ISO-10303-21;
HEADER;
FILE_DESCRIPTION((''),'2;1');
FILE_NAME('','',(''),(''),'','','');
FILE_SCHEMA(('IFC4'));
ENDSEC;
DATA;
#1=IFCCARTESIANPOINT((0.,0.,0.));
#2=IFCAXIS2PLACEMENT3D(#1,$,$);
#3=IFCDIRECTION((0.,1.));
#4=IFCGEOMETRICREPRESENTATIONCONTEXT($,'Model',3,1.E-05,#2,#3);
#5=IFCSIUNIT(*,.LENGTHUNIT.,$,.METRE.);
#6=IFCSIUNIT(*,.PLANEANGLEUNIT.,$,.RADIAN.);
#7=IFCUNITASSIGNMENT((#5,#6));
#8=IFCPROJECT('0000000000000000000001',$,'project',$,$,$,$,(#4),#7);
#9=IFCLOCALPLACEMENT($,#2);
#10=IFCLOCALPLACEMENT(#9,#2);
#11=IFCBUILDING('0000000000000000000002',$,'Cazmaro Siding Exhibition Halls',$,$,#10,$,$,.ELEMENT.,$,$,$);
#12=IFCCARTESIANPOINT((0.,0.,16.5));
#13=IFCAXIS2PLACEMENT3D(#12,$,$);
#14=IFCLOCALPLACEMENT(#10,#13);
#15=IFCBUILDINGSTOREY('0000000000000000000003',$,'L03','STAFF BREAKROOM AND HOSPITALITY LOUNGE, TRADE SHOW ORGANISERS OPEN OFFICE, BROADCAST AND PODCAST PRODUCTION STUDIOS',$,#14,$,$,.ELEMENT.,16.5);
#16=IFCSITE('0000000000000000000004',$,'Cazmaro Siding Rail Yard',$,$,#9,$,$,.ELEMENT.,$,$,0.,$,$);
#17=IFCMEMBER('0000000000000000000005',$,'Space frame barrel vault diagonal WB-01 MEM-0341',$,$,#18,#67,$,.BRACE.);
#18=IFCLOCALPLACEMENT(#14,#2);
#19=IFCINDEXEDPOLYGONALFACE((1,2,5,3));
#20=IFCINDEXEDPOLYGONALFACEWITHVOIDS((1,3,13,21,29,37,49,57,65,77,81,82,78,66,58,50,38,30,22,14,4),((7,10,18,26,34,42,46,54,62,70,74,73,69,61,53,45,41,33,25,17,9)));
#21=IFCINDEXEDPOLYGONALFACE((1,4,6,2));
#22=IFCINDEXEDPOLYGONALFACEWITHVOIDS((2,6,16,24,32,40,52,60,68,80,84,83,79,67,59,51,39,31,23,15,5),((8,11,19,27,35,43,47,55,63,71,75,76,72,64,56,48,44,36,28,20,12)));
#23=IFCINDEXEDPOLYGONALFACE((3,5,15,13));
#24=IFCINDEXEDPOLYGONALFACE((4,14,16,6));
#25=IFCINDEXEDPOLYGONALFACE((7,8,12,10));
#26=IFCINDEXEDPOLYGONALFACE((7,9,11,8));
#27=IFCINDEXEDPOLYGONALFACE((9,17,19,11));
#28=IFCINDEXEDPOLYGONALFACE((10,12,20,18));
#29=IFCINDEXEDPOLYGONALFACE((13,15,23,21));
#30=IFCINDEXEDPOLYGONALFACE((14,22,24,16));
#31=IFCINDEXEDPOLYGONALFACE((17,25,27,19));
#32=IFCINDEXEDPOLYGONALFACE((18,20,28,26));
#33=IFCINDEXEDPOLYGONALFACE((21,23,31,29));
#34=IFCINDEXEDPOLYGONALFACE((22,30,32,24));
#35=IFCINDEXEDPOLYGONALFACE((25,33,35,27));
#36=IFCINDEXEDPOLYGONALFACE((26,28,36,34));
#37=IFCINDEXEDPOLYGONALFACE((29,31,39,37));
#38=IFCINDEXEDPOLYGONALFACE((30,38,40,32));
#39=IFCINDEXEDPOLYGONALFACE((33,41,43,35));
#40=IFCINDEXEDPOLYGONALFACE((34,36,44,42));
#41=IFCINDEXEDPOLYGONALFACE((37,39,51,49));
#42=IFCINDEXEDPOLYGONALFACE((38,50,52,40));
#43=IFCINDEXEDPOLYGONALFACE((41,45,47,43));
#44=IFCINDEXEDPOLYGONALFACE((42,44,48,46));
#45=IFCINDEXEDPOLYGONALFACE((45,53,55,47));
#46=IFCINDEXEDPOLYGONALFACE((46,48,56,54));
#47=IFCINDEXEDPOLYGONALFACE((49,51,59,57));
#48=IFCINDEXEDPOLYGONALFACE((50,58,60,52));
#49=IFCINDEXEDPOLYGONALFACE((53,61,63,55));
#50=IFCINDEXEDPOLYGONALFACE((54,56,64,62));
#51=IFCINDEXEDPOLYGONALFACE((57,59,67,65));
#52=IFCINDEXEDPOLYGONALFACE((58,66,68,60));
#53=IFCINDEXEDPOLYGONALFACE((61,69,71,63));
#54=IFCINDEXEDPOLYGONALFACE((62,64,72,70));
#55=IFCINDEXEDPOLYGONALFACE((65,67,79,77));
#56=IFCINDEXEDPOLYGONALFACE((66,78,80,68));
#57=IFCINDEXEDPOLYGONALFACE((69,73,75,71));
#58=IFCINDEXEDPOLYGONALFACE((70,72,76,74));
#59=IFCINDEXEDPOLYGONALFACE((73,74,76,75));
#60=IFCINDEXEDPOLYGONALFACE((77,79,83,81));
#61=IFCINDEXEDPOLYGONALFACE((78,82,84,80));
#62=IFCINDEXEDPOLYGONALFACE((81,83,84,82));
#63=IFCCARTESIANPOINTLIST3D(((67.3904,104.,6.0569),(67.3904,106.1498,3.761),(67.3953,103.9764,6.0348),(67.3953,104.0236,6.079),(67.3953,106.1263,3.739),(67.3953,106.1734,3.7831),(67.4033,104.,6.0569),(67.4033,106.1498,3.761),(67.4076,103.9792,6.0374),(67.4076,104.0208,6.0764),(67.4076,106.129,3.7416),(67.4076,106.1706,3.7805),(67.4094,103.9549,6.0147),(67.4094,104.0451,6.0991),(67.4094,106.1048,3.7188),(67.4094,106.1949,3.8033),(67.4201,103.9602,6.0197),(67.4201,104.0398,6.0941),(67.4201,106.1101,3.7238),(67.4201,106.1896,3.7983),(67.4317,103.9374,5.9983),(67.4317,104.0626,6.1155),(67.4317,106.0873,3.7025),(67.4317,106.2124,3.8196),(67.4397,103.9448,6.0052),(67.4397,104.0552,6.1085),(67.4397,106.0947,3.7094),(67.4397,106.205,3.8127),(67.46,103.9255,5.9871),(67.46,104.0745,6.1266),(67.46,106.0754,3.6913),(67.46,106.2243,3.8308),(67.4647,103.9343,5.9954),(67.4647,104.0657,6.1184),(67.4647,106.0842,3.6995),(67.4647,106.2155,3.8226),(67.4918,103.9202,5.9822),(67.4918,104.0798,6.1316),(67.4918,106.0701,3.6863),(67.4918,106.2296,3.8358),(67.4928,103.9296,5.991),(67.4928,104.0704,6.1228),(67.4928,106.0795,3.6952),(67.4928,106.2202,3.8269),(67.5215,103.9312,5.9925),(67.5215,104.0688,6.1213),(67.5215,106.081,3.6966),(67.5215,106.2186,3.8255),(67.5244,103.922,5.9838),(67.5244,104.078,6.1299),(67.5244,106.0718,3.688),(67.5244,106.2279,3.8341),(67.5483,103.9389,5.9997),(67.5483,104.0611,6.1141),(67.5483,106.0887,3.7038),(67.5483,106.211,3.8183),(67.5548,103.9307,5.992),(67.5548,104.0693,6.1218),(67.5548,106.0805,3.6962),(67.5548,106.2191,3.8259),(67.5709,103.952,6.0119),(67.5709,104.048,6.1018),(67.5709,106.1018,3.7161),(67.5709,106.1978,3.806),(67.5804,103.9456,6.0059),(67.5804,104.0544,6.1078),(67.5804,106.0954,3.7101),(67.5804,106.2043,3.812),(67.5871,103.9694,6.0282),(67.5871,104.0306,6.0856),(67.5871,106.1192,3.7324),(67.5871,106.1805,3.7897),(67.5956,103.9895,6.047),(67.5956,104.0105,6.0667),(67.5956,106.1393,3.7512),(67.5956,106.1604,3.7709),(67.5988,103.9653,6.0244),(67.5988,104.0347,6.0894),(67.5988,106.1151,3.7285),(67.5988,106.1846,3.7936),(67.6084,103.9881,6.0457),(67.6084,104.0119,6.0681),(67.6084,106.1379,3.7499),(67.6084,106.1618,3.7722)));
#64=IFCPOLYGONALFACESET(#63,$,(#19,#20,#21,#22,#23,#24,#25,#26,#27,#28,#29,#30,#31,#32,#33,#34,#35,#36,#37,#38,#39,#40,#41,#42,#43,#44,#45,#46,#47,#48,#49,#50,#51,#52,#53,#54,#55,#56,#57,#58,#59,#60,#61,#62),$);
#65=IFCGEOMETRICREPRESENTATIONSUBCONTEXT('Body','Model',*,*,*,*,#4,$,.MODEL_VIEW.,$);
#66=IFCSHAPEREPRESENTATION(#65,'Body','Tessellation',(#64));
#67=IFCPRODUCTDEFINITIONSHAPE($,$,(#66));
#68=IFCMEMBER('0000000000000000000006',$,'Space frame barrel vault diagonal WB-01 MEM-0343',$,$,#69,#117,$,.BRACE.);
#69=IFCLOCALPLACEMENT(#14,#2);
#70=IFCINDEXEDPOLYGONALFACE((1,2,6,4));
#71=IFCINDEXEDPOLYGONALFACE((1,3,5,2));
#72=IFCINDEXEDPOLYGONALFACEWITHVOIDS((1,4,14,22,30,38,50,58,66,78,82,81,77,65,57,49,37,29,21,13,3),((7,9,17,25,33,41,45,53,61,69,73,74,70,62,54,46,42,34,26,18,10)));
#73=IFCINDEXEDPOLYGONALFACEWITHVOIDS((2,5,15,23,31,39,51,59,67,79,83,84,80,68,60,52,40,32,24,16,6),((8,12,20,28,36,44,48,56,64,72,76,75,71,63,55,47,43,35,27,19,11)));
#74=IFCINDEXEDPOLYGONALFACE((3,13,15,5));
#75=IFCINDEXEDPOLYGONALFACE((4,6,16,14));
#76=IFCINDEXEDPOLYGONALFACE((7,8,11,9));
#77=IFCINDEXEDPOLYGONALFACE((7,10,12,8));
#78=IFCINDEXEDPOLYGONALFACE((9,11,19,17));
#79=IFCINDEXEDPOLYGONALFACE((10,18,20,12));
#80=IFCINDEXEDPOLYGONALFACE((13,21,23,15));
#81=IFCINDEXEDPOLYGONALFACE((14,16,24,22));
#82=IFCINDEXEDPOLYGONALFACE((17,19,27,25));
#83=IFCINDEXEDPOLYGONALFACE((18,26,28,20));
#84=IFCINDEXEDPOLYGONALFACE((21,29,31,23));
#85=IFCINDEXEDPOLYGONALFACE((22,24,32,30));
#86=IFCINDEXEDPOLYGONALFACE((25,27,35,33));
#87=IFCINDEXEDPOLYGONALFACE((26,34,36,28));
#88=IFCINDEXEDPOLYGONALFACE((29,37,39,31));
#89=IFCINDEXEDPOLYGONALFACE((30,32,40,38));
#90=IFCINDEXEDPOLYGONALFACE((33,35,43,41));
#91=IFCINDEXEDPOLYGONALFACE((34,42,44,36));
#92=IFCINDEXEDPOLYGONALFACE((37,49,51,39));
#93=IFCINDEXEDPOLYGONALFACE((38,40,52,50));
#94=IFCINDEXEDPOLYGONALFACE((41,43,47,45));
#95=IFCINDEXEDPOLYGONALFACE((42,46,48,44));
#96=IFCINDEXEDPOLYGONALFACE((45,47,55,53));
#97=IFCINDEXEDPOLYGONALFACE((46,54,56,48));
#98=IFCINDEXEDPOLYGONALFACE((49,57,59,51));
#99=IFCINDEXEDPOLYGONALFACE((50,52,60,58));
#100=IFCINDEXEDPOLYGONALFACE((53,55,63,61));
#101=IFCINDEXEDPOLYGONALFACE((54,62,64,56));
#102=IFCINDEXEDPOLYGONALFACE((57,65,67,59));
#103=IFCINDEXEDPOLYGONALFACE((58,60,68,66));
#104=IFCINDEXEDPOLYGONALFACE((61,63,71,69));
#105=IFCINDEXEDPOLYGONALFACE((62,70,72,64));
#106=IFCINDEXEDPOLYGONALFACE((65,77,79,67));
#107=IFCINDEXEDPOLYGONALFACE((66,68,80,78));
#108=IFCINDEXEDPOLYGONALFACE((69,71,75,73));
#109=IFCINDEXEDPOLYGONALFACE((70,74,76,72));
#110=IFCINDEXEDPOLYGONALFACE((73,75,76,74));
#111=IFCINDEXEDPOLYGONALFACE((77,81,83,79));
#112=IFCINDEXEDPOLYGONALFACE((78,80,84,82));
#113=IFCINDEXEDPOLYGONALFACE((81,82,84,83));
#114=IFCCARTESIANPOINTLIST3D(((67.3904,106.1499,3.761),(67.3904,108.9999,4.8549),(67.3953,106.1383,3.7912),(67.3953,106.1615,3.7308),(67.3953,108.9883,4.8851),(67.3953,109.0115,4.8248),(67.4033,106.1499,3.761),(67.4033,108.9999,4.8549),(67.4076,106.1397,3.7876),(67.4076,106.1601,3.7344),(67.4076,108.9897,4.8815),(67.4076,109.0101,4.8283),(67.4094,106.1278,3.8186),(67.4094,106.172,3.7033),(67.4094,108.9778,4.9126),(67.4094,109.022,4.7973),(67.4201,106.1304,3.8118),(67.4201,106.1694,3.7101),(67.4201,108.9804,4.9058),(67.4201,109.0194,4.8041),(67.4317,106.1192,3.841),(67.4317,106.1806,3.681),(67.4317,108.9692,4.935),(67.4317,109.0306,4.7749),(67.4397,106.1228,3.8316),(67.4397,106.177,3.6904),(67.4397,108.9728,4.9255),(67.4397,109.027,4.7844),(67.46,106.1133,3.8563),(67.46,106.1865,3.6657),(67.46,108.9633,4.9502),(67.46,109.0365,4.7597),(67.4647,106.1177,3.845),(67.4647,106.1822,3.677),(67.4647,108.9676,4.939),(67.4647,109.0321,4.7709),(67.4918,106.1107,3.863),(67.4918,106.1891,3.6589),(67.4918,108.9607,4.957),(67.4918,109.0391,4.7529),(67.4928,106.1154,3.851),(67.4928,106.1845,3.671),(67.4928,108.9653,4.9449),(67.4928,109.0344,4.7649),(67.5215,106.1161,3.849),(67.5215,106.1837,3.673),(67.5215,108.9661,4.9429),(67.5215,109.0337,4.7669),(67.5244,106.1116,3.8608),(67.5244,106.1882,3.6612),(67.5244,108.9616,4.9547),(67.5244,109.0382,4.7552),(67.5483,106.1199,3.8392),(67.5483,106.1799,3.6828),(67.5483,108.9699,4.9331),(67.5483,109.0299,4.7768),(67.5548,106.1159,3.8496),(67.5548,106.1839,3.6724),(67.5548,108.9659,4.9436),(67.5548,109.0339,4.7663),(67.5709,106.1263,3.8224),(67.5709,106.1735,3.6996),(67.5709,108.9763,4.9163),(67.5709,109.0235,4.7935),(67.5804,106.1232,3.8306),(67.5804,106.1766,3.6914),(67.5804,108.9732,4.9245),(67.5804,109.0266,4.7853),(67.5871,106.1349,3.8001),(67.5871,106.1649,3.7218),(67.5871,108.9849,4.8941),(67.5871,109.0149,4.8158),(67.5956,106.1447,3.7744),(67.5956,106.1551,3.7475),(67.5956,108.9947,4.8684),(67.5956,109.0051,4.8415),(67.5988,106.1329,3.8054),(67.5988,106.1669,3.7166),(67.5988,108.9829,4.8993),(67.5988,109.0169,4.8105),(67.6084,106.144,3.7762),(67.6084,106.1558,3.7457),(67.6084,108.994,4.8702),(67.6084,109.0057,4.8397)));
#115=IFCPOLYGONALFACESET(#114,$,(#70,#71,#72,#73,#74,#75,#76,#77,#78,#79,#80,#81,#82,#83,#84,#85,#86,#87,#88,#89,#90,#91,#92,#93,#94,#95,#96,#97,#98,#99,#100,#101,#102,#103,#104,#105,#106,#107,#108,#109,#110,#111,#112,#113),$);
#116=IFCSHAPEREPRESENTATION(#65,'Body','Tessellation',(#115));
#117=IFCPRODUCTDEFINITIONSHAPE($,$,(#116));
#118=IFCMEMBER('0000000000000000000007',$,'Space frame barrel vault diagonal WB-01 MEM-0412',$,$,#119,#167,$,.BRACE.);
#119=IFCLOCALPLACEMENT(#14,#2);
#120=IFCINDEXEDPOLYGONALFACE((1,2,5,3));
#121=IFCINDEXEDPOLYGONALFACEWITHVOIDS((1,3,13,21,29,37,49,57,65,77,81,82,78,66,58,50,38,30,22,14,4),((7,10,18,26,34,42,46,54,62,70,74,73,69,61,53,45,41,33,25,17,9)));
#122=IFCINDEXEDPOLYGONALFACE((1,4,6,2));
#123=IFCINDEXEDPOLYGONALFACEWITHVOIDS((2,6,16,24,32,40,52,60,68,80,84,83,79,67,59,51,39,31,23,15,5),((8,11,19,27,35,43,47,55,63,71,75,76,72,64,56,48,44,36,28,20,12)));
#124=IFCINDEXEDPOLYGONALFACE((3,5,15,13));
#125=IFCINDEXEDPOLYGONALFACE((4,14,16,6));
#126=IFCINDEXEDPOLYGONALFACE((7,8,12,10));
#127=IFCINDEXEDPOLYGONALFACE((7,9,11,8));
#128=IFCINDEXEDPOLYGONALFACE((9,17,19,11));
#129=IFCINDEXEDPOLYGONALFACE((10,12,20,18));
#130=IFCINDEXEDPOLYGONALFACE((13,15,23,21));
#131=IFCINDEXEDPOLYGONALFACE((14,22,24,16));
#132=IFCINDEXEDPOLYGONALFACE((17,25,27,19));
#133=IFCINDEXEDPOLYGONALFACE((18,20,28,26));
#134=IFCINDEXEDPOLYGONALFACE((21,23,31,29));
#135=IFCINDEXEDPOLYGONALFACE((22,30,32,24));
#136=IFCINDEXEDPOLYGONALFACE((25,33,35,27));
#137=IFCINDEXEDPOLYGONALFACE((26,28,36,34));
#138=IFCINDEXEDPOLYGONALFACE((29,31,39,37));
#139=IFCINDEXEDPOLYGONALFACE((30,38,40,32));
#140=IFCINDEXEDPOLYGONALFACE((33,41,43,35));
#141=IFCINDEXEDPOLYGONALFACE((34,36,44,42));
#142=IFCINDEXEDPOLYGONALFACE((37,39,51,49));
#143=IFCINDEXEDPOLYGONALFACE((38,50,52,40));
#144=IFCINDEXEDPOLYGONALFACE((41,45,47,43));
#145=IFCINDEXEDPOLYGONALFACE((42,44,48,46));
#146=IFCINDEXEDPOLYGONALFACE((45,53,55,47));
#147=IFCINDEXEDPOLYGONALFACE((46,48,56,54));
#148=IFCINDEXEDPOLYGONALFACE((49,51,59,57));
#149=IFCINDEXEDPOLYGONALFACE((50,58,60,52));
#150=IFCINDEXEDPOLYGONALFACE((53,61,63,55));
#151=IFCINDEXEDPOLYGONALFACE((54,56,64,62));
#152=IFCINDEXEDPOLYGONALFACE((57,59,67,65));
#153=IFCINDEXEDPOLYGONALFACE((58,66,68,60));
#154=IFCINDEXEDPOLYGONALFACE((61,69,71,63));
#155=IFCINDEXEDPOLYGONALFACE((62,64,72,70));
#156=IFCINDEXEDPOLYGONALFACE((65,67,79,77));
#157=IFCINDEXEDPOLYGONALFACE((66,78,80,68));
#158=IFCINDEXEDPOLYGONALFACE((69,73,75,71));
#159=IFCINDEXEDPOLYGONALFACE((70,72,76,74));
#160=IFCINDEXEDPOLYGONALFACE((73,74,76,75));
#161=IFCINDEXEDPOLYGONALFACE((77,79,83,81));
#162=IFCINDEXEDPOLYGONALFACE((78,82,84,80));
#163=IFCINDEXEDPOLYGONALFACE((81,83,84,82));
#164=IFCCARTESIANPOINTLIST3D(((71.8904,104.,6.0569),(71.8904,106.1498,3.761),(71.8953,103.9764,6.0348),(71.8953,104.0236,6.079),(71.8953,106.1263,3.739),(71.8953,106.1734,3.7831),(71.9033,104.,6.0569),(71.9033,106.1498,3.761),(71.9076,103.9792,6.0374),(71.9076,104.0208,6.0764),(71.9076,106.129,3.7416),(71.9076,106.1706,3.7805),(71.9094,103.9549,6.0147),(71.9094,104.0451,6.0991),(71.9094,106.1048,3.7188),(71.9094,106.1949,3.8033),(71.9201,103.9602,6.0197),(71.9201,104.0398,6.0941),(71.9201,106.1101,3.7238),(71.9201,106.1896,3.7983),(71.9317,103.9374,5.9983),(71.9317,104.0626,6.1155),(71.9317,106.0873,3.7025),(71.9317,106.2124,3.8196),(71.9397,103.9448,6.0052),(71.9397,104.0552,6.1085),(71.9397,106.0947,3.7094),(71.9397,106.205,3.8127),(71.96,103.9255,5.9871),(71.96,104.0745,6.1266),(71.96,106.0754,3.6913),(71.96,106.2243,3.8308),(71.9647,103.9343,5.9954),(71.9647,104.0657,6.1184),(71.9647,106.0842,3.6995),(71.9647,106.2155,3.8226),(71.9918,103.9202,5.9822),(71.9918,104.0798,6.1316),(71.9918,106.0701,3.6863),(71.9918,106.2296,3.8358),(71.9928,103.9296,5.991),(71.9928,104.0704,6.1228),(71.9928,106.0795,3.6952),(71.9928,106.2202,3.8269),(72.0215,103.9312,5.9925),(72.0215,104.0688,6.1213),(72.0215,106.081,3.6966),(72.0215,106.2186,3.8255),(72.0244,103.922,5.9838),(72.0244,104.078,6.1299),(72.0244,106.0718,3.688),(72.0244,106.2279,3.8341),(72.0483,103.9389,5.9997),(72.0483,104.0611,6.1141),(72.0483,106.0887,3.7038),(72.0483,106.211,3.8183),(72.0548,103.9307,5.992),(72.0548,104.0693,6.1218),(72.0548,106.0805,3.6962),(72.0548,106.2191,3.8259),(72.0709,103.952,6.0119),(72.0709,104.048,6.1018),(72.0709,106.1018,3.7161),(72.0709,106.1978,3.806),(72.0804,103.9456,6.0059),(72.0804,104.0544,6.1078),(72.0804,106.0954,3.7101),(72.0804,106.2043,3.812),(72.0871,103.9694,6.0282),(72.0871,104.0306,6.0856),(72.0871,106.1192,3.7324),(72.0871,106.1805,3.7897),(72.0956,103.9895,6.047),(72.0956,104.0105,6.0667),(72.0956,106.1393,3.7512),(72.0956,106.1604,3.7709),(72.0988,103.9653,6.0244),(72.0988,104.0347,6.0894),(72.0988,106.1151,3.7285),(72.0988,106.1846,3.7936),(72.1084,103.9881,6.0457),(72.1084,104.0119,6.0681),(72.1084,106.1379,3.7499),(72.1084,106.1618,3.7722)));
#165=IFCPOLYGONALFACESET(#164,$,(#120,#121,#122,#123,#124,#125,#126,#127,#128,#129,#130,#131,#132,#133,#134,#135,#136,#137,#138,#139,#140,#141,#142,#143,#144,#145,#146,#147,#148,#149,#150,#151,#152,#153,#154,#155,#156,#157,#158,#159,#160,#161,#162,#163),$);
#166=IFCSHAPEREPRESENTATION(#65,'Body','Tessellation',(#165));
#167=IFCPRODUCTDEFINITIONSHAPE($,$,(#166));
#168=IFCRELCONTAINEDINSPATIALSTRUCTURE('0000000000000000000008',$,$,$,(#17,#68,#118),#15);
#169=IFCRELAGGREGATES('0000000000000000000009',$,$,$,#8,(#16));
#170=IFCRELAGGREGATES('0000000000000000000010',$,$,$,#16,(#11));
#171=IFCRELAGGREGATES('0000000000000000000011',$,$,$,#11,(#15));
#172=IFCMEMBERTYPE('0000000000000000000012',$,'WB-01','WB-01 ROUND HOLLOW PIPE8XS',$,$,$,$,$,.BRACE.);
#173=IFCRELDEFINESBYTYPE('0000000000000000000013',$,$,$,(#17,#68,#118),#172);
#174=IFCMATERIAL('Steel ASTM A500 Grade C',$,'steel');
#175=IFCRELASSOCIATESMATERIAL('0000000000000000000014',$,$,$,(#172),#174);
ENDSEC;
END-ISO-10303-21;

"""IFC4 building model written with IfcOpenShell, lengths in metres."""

from ifc_helpers import new_model, si_unit, direction, frame, origin, origin_2d, place, context, subcontext, project, spatial, hollow_circle, extrude, material, material_profile, profile_set, type_object, element, save


model = new_model("IFC4")

# Units and contexts
model_context = context("Model", 3, precision=1e-05, world=origin(), true_north=direction((0.0, 1.0)))
body_context = subcontext(model_context, "Body", "Model", "MODEL_VIEW")
ifc_project = project(units=[si_unit("LENGTHUNIT", "METRE"), si_unit("PLANEANGLEUNIT", "RADIAN")], contexts=[model_context])

# Site, building, storey
site_placement = place(None, origin())
site = spatial("IfcSite", under=ifc_project, at=site_placement, Name="Cazmaro Siding Rail Yard", CompositionType="ELEMENT", RefElevation=0.0)
building_placement = place(site_placement, origin())
building = spatial("IfcBuilding", under=site, at=building_placement, Name="Cazmaro Siding Exhibition Halls", CompositionType="ELEMENT")
storey_placement = place(building_placement, frame((0.0, 0.0, 16.5)))
storey = spatial("IfcBuildingStorey", under=building, at=storey_placement, Name="L03", Description="STAFF BREAKROOM AND HOSPITALITY LOUNGE, TRADE SHOW ORGANISERS OPEN OFFICE, BROADCAST AND PODCAST PRODUCTION STUDIOS", CompositionType="ELEMENT", Elevation=16.5)

# Members
ifc_material_1 = material(Name="Steel ASTM A500 Grade C", Category="steel")
ifc_material_profile_1 = material_profile(ifc_material_1, hollow_circle(Radius=0.1096, WallThickness=0.0129, at=origin_2d()), Name="PIPE8XS")
ifc_profile_set_1 = profile_set([ifc_material_profile_1], Name="Steel ASTM A500 Grade C")
member_type_1 = type_object("IfcMemberType", Name="WB-01", Description="WB-01 ROUND HOLLOW PIPE8XS", PredefinedType="BRACE", material=ifc_profile_set_1)
member_1_placement = place(storey_placement, frame((67.5, 104.0, 6.0569), z_axis=(0.0, 0.683518, -0.729934), x_axis=(-1.0, 0.0, 0.0)))
element("IfcMember", 1, at=member_1_placement, inside=storey, type_object=member_type_1, Name="Space frame barrel vault diagonal WB-01 MEM-0341", PredefinedType="BRACE", context=body_context, shape_type="SweptSolid", body=[
    extrude(hollow_circle(Radius=0.1096, WallThickness=0.0129, at=origin_2d()), origin(), (0.0, 0.0, 1.0), 3.1453),
])
member_2_placement = place(storey_placement, frame((67.5, 106.1499, 3.761), z_axis=(0.0, 0.933587, 0.358352), x_axis=(-1.0, 0.0, 0.0)))
element("IfcMember", 2, at=member_2_placement, inside=storey, type_object=member_type_1, Name="Space frame barrel vault diagonal WB-01 MEM-0343", PredefinedType="BRACE", context=body_context, shape_type="SweptSolid", body=[
    extrude(hollow_circle(Radius=0.1096, WallThickness=0.0129, at=origin_2d()), origin(), (0.0, 0.0, 1.0), 3.0527),
])
member_3_placement = place(storey_placement, frame((72.0, 104.0, 6.0569), z_axis=(0.0, 0.683518, -0.729934), x_axis=(-1.0, 0.0, 0.0)))
element("IfcMember", 3, at=member_3_placement, inside=storey, type_object=member_type_1, Name="Space frame barrel vault diagonal WB-01 MEM-0412", PredefinedType="BRACE", context=body_context, shape_type="SweptSolid", body=[
    extrude(hollow_circle(Radius=0.1096, WallThickness=0.0129, at=origin_2d()), origin(), (0.0, 0.0, 1.0), 3.1453),
])

save(model, "model.ifc")
